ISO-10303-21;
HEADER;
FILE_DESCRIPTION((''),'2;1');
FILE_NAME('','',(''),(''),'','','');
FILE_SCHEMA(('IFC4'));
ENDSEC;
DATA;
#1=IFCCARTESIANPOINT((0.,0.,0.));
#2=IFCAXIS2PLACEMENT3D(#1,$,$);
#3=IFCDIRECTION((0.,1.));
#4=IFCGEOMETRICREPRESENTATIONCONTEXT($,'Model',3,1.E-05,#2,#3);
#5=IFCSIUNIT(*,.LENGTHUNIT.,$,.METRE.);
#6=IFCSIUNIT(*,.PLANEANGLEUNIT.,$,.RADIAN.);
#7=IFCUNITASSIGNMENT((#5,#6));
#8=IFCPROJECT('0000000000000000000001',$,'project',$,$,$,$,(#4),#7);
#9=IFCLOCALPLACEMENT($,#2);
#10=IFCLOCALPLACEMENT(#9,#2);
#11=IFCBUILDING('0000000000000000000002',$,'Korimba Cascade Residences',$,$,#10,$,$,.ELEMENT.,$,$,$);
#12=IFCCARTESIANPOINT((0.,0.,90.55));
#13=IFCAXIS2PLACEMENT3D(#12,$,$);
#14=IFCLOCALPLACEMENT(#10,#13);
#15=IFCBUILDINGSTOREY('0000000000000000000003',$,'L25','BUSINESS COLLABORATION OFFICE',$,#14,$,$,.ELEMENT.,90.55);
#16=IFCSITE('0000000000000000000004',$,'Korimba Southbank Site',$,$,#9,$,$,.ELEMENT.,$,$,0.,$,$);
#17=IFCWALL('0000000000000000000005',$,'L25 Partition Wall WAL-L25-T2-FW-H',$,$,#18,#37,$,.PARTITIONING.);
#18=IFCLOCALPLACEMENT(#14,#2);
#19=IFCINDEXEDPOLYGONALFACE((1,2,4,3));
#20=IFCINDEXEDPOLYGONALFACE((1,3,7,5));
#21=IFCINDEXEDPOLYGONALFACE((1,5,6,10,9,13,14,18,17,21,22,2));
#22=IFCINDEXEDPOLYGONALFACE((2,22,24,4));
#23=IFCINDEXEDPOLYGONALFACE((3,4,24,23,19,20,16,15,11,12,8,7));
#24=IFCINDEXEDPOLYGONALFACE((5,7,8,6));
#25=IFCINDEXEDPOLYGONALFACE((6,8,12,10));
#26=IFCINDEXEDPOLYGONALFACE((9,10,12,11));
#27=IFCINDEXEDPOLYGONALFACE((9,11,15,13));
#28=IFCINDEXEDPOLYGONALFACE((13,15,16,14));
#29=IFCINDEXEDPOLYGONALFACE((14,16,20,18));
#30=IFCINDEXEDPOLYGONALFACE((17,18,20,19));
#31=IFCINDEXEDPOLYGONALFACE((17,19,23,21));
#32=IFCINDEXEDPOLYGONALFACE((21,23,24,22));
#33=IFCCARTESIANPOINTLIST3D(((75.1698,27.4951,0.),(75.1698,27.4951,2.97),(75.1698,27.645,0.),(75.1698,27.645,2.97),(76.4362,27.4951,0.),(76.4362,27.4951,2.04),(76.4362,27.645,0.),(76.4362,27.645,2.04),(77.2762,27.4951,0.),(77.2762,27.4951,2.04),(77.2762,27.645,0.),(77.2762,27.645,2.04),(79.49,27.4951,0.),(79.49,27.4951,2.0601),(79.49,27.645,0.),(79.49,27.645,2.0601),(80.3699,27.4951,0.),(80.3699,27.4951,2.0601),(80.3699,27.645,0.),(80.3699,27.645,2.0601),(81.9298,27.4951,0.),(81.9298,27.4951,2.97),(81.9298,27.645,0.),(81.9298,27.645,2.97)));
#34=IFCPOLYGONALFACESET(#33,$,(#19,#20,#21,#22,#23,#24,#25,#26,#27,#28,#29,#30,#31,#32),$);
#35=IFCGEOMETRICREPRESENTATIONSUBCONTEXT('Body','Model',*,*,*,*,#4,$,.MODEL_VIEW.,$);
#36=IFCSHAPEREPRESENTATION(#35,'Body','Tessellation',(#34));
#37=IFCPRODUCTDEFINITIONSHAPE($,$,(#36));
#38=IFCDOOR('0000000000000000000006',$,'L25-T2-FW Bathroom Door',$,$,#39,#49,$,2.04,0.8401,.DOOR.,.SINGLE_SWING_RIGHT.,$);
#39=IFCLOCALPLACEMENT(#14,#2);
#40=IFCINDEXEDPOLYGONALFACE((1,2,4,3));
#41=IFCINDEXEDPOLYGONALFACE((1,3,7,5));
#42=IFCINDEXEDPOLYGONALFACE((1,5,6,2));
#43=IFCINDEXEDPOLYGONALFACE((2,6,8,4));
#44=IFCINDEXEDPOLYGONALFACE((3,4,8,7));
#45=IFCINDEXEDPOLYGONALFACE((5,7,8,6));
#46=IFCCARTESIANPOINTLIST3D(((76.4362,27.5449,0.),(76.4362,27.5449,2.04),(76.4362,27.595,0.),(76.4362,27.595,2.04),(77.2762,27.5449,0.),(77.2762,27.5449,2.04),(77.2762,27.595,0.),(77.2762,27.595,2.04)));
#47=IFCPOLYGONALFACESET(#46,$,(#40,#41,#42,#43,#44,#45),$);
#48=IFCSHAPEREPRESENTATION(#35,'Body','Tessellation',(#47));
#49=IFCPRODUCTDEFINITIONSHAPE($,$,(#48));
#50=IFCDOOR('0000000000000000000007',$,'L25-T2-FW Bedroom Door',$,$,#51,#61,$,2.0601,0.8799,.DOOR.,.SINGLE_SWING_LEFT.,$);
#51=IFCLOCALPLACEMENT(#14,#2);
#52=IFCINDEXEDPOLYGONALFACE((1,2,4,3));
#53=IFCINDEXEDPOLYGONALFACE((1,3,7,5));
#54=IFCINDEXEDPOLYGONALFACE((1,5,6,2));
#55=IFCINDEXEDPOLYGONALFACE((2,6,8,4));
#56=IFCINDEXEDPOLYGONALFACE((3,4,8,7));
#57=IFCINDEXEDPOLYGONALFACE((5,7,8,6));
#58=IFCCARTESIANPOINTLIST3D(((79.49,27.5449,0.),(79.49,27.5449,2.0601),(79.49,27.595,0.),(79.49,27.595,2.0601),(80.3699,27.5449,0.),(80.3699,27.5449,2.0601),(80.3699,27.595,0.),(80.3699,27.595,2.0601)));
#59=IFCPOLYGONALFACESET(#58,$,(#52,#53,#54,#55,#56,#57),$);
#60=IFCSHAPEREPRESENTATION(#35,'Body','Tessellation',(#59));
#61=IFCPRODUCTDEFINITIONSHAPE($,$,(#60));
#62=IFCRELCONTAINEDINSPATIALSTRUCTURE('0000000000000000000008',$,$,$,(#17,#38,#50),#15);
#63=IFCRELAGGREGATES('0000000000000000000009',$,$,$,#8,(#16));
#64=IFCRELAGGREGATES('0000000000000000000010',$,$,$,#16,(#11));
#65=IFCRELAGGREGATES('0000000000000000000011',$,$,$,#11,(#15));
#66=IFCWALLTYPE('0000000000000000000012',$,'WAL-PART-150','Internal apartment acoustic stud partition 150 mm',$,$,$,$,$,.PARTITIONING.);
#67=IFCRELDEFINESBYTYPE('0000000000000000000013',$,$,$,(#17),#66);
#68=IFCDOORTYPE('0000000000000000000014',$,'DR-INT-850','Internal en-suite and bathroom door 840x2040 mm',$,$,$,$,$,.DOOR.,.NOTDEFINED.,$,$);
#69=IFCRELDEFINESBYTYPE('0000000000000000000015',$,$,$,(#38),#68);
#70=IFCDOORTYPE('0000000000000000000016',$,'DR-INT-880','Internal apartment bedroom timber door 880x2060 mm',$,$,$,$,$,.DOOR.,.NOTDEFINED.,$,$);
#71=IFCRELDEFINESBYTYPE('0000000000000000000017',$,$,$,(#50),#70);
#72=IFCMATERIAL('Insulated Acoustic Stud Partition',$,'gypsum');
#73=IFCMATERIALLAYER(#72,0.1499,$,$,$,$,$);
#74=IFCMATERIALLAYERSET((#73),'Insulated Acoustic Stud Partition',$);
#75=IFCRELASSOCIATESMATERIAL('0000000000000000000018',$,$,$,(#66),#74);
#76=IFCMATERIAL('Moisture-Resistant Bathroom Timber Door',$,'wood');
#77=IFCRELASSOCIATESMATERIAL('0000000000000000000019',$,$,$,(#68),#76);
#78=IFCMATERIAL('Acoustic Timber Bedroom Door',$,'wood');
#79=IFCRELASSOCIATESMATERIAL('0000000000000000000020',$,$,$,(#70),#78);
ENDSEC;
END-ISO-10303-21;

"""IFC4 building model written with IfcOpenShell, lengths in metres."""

from ifc_helpers import new_model, si_unit, direction, frame, frame_2d, origin, place, context, subcontext, project, spatial, rectangle, extrude, material, layer, layer_set, type_object, element, fill, save


model = new_model("IFC4")

# Units and contexts
model_context = context("Model", 3, precision=1e-05, world=origin(), true_north=direction((0.0, 1.0)))
body_context = subcontext(model_context, "Body", "Model", "MODEL_VIEW")
ifc_project = project(units=[si_unit("LENGTHUNIT", "METRE"), si_unit("PLANEANGLEUNIT", "RADIAN")], contexts=[model_context])

# Site, building, storey
site_placement = place(None, origin())
site = spatial("IfcSite", under=ifc_project, at=site_placement, Name="Korimba Southbank Site", CompositionType="ELEMENT", RefElevation=0.0)
building_placement = place(site_placement, origin())
building = spatial("IfcBuilding", under=site, at=building_placement, Name="Korimba Cascade Residences", CompositionType="ELEMENT")
storey_placement = place(building_placement, frame((0.0, 0.0, 90.55)))
storey = spatial("IfcBuildingStorey", under=building, at=storey_placement, Name="L25", Description="BUSINESS COLLABORATION OFFICE", CompositionType="ELEMENT", Elevation=90.55)

# Shared definitions
ifc_material_1 = material(Name="Insulated Acoustic Stud Partition", Category="gypsum")
ifc_layer_1 = layer(ifc_material_1, 0.1499)
ifc_layer_set_1 = layer_set([ifc_layer_1], Name="Insulated Acoustic Stud Partition")
wall_type_1 = type_object("IfcWallType", Name="WAL-PART-150", Description="Internal apartment acoustic stud partition 150 mm", PredefinedType="PARTITIONING", material=ifc_layer_set_1)
ifc_material_2 = material(Name="Moisture-Resistant Bathroom Timber Door", Category="wood")
door_type_1 = type_object("IfcDoorType", Name="DR-INT-850", Description="Internal en-suite and bathroom door 840x2040 mm", OperationType="NOTDEFINED", PredefinedType="DOOR", material=ifc_material_2)
ifc_material_3 = material(Name="Acoustic Timber Bedroom Door", Category="wood")
door_type_2 = type_object("IfcDoorType", Name="DR-INT-880", Description="Internal apartment bedroom timber door 880x2060 mm", OperationType="NOTDEFINED", PredefinedType="DOOR", material=ifc_material_3)

# Wall, openings, doors
wall_1_placement = place(storey_placement, frame((75.1699, 27.5701, 0.0), z_axis=(0.0, 0.0, 1.0), x_axis=(1.0, 0.0, 0.0)))
wall_1 = element("IfcWall", 1, at=wall_1_placement, inside=storey, type_object=wall_type_1, Name="L25 Partition Wall WAL-L25-T2-FW-H", PredefinedType="PARTITIONING", context=body_context, shape_type="SweptSolid", body=[
    extrude(rectangle(XDim=6.76, YDim=0.1499, at=frame_2d((3.3799, 0.0))), origin(), (0.0, 0.0, 1.0), 2.97),
])
opening_1_placement = place(wall_1_placement, frame((1.2664, 0.0, 0.0)))
opening_1 = element("IfcOpeningElement", 2, at=opening_1_placement, cuts=wall_1, PredefinedType="OPENING", context=body_context, shape_type="SweptSolid", body=[
    extrude(rectangle(XDim=0.8401, YDim=2.04, at=frame_2d((0.4199, 1.02))), frame((0.0, 0.085, 0.0), z_axis=(0.0, -1.0, 0.0), x_axis=(1.0, 0.0, 0.0)), (0.0, 0.0, 1.0), 0.1699),
])
opening_2_placement = place(wall_1_placement, frame((4.3201, 0.0, 0.0)))
opening_2 = element("IfcOpeningElement", 3, at=opening_2_placement, cuts=wall_1, PredefinedType="OPENING", context=body_context, shape_type="SweptSolid", body=[
    extrude(rectangle(XDim=0.8799, YDim=2.0601, at=frame_2d((0.4399, 1.03))), frame((0.0, 0.085, 0.0), z_axis=(0.0, -1.0, 0.0), x_axis=(1.0, 0.0, 0.0)), (0.0, 0.0, 1.0), 0.1699),
])
door_1_placement = place(opening_1_placement, origin())
door_1 = element("IfcDoor", 4, at=door_1_placement, inside=storey, type_object=door_type_1, Name="L25-T2-FW Bathroom Door", OperationType="SINGLE_SWING_RIGHT", OverallHeight=2.04, OverallWidth=0.8401, PredefinedType="DOOR", context=body_context, shape_type="SweptSolid", body=[
    extrude(rectangle(XDim=0.8401, YDim=2.04, at=frame_2d((0.4199, 1.02))), frame((0.0, 0.0249, 0.0), z_axis=(0.0, -1.0, 0.0), x_axis=(1.0, 0.0, 0.0)), (0.0, 0.0, 1.0), 0.05),
])
fill(opening_1, door_1)
door_2_placement = place(opening_2_placement, origin())
door_2 = element("IfcDoor", 5, at=door_2_placement, inside=storey, type_object=door_type_2, Name="L25-T2-FW Bedroom Door", OperationType="SINGLE_SWING_LEFT", OverallHeight=2.0601, OverallWidth=0.8799, PredefinedType="DOOR", context=body_context, shape_type="SweptSolid", body=[
    extrude(rectangle(XDim=0.8799, YDim=2.0601, at=frame_2d((0.4399, 1.03))), frame((0.0, 0.0249, 0.0), z_axis=(0.0, -1.0, 0.0), x_axis=(1.0, 0.0, 0.0)), (0.0, 0.0, 1.0), 0.05),
])
fill(opening_2, door_2)

save(model, "model.ifc")
